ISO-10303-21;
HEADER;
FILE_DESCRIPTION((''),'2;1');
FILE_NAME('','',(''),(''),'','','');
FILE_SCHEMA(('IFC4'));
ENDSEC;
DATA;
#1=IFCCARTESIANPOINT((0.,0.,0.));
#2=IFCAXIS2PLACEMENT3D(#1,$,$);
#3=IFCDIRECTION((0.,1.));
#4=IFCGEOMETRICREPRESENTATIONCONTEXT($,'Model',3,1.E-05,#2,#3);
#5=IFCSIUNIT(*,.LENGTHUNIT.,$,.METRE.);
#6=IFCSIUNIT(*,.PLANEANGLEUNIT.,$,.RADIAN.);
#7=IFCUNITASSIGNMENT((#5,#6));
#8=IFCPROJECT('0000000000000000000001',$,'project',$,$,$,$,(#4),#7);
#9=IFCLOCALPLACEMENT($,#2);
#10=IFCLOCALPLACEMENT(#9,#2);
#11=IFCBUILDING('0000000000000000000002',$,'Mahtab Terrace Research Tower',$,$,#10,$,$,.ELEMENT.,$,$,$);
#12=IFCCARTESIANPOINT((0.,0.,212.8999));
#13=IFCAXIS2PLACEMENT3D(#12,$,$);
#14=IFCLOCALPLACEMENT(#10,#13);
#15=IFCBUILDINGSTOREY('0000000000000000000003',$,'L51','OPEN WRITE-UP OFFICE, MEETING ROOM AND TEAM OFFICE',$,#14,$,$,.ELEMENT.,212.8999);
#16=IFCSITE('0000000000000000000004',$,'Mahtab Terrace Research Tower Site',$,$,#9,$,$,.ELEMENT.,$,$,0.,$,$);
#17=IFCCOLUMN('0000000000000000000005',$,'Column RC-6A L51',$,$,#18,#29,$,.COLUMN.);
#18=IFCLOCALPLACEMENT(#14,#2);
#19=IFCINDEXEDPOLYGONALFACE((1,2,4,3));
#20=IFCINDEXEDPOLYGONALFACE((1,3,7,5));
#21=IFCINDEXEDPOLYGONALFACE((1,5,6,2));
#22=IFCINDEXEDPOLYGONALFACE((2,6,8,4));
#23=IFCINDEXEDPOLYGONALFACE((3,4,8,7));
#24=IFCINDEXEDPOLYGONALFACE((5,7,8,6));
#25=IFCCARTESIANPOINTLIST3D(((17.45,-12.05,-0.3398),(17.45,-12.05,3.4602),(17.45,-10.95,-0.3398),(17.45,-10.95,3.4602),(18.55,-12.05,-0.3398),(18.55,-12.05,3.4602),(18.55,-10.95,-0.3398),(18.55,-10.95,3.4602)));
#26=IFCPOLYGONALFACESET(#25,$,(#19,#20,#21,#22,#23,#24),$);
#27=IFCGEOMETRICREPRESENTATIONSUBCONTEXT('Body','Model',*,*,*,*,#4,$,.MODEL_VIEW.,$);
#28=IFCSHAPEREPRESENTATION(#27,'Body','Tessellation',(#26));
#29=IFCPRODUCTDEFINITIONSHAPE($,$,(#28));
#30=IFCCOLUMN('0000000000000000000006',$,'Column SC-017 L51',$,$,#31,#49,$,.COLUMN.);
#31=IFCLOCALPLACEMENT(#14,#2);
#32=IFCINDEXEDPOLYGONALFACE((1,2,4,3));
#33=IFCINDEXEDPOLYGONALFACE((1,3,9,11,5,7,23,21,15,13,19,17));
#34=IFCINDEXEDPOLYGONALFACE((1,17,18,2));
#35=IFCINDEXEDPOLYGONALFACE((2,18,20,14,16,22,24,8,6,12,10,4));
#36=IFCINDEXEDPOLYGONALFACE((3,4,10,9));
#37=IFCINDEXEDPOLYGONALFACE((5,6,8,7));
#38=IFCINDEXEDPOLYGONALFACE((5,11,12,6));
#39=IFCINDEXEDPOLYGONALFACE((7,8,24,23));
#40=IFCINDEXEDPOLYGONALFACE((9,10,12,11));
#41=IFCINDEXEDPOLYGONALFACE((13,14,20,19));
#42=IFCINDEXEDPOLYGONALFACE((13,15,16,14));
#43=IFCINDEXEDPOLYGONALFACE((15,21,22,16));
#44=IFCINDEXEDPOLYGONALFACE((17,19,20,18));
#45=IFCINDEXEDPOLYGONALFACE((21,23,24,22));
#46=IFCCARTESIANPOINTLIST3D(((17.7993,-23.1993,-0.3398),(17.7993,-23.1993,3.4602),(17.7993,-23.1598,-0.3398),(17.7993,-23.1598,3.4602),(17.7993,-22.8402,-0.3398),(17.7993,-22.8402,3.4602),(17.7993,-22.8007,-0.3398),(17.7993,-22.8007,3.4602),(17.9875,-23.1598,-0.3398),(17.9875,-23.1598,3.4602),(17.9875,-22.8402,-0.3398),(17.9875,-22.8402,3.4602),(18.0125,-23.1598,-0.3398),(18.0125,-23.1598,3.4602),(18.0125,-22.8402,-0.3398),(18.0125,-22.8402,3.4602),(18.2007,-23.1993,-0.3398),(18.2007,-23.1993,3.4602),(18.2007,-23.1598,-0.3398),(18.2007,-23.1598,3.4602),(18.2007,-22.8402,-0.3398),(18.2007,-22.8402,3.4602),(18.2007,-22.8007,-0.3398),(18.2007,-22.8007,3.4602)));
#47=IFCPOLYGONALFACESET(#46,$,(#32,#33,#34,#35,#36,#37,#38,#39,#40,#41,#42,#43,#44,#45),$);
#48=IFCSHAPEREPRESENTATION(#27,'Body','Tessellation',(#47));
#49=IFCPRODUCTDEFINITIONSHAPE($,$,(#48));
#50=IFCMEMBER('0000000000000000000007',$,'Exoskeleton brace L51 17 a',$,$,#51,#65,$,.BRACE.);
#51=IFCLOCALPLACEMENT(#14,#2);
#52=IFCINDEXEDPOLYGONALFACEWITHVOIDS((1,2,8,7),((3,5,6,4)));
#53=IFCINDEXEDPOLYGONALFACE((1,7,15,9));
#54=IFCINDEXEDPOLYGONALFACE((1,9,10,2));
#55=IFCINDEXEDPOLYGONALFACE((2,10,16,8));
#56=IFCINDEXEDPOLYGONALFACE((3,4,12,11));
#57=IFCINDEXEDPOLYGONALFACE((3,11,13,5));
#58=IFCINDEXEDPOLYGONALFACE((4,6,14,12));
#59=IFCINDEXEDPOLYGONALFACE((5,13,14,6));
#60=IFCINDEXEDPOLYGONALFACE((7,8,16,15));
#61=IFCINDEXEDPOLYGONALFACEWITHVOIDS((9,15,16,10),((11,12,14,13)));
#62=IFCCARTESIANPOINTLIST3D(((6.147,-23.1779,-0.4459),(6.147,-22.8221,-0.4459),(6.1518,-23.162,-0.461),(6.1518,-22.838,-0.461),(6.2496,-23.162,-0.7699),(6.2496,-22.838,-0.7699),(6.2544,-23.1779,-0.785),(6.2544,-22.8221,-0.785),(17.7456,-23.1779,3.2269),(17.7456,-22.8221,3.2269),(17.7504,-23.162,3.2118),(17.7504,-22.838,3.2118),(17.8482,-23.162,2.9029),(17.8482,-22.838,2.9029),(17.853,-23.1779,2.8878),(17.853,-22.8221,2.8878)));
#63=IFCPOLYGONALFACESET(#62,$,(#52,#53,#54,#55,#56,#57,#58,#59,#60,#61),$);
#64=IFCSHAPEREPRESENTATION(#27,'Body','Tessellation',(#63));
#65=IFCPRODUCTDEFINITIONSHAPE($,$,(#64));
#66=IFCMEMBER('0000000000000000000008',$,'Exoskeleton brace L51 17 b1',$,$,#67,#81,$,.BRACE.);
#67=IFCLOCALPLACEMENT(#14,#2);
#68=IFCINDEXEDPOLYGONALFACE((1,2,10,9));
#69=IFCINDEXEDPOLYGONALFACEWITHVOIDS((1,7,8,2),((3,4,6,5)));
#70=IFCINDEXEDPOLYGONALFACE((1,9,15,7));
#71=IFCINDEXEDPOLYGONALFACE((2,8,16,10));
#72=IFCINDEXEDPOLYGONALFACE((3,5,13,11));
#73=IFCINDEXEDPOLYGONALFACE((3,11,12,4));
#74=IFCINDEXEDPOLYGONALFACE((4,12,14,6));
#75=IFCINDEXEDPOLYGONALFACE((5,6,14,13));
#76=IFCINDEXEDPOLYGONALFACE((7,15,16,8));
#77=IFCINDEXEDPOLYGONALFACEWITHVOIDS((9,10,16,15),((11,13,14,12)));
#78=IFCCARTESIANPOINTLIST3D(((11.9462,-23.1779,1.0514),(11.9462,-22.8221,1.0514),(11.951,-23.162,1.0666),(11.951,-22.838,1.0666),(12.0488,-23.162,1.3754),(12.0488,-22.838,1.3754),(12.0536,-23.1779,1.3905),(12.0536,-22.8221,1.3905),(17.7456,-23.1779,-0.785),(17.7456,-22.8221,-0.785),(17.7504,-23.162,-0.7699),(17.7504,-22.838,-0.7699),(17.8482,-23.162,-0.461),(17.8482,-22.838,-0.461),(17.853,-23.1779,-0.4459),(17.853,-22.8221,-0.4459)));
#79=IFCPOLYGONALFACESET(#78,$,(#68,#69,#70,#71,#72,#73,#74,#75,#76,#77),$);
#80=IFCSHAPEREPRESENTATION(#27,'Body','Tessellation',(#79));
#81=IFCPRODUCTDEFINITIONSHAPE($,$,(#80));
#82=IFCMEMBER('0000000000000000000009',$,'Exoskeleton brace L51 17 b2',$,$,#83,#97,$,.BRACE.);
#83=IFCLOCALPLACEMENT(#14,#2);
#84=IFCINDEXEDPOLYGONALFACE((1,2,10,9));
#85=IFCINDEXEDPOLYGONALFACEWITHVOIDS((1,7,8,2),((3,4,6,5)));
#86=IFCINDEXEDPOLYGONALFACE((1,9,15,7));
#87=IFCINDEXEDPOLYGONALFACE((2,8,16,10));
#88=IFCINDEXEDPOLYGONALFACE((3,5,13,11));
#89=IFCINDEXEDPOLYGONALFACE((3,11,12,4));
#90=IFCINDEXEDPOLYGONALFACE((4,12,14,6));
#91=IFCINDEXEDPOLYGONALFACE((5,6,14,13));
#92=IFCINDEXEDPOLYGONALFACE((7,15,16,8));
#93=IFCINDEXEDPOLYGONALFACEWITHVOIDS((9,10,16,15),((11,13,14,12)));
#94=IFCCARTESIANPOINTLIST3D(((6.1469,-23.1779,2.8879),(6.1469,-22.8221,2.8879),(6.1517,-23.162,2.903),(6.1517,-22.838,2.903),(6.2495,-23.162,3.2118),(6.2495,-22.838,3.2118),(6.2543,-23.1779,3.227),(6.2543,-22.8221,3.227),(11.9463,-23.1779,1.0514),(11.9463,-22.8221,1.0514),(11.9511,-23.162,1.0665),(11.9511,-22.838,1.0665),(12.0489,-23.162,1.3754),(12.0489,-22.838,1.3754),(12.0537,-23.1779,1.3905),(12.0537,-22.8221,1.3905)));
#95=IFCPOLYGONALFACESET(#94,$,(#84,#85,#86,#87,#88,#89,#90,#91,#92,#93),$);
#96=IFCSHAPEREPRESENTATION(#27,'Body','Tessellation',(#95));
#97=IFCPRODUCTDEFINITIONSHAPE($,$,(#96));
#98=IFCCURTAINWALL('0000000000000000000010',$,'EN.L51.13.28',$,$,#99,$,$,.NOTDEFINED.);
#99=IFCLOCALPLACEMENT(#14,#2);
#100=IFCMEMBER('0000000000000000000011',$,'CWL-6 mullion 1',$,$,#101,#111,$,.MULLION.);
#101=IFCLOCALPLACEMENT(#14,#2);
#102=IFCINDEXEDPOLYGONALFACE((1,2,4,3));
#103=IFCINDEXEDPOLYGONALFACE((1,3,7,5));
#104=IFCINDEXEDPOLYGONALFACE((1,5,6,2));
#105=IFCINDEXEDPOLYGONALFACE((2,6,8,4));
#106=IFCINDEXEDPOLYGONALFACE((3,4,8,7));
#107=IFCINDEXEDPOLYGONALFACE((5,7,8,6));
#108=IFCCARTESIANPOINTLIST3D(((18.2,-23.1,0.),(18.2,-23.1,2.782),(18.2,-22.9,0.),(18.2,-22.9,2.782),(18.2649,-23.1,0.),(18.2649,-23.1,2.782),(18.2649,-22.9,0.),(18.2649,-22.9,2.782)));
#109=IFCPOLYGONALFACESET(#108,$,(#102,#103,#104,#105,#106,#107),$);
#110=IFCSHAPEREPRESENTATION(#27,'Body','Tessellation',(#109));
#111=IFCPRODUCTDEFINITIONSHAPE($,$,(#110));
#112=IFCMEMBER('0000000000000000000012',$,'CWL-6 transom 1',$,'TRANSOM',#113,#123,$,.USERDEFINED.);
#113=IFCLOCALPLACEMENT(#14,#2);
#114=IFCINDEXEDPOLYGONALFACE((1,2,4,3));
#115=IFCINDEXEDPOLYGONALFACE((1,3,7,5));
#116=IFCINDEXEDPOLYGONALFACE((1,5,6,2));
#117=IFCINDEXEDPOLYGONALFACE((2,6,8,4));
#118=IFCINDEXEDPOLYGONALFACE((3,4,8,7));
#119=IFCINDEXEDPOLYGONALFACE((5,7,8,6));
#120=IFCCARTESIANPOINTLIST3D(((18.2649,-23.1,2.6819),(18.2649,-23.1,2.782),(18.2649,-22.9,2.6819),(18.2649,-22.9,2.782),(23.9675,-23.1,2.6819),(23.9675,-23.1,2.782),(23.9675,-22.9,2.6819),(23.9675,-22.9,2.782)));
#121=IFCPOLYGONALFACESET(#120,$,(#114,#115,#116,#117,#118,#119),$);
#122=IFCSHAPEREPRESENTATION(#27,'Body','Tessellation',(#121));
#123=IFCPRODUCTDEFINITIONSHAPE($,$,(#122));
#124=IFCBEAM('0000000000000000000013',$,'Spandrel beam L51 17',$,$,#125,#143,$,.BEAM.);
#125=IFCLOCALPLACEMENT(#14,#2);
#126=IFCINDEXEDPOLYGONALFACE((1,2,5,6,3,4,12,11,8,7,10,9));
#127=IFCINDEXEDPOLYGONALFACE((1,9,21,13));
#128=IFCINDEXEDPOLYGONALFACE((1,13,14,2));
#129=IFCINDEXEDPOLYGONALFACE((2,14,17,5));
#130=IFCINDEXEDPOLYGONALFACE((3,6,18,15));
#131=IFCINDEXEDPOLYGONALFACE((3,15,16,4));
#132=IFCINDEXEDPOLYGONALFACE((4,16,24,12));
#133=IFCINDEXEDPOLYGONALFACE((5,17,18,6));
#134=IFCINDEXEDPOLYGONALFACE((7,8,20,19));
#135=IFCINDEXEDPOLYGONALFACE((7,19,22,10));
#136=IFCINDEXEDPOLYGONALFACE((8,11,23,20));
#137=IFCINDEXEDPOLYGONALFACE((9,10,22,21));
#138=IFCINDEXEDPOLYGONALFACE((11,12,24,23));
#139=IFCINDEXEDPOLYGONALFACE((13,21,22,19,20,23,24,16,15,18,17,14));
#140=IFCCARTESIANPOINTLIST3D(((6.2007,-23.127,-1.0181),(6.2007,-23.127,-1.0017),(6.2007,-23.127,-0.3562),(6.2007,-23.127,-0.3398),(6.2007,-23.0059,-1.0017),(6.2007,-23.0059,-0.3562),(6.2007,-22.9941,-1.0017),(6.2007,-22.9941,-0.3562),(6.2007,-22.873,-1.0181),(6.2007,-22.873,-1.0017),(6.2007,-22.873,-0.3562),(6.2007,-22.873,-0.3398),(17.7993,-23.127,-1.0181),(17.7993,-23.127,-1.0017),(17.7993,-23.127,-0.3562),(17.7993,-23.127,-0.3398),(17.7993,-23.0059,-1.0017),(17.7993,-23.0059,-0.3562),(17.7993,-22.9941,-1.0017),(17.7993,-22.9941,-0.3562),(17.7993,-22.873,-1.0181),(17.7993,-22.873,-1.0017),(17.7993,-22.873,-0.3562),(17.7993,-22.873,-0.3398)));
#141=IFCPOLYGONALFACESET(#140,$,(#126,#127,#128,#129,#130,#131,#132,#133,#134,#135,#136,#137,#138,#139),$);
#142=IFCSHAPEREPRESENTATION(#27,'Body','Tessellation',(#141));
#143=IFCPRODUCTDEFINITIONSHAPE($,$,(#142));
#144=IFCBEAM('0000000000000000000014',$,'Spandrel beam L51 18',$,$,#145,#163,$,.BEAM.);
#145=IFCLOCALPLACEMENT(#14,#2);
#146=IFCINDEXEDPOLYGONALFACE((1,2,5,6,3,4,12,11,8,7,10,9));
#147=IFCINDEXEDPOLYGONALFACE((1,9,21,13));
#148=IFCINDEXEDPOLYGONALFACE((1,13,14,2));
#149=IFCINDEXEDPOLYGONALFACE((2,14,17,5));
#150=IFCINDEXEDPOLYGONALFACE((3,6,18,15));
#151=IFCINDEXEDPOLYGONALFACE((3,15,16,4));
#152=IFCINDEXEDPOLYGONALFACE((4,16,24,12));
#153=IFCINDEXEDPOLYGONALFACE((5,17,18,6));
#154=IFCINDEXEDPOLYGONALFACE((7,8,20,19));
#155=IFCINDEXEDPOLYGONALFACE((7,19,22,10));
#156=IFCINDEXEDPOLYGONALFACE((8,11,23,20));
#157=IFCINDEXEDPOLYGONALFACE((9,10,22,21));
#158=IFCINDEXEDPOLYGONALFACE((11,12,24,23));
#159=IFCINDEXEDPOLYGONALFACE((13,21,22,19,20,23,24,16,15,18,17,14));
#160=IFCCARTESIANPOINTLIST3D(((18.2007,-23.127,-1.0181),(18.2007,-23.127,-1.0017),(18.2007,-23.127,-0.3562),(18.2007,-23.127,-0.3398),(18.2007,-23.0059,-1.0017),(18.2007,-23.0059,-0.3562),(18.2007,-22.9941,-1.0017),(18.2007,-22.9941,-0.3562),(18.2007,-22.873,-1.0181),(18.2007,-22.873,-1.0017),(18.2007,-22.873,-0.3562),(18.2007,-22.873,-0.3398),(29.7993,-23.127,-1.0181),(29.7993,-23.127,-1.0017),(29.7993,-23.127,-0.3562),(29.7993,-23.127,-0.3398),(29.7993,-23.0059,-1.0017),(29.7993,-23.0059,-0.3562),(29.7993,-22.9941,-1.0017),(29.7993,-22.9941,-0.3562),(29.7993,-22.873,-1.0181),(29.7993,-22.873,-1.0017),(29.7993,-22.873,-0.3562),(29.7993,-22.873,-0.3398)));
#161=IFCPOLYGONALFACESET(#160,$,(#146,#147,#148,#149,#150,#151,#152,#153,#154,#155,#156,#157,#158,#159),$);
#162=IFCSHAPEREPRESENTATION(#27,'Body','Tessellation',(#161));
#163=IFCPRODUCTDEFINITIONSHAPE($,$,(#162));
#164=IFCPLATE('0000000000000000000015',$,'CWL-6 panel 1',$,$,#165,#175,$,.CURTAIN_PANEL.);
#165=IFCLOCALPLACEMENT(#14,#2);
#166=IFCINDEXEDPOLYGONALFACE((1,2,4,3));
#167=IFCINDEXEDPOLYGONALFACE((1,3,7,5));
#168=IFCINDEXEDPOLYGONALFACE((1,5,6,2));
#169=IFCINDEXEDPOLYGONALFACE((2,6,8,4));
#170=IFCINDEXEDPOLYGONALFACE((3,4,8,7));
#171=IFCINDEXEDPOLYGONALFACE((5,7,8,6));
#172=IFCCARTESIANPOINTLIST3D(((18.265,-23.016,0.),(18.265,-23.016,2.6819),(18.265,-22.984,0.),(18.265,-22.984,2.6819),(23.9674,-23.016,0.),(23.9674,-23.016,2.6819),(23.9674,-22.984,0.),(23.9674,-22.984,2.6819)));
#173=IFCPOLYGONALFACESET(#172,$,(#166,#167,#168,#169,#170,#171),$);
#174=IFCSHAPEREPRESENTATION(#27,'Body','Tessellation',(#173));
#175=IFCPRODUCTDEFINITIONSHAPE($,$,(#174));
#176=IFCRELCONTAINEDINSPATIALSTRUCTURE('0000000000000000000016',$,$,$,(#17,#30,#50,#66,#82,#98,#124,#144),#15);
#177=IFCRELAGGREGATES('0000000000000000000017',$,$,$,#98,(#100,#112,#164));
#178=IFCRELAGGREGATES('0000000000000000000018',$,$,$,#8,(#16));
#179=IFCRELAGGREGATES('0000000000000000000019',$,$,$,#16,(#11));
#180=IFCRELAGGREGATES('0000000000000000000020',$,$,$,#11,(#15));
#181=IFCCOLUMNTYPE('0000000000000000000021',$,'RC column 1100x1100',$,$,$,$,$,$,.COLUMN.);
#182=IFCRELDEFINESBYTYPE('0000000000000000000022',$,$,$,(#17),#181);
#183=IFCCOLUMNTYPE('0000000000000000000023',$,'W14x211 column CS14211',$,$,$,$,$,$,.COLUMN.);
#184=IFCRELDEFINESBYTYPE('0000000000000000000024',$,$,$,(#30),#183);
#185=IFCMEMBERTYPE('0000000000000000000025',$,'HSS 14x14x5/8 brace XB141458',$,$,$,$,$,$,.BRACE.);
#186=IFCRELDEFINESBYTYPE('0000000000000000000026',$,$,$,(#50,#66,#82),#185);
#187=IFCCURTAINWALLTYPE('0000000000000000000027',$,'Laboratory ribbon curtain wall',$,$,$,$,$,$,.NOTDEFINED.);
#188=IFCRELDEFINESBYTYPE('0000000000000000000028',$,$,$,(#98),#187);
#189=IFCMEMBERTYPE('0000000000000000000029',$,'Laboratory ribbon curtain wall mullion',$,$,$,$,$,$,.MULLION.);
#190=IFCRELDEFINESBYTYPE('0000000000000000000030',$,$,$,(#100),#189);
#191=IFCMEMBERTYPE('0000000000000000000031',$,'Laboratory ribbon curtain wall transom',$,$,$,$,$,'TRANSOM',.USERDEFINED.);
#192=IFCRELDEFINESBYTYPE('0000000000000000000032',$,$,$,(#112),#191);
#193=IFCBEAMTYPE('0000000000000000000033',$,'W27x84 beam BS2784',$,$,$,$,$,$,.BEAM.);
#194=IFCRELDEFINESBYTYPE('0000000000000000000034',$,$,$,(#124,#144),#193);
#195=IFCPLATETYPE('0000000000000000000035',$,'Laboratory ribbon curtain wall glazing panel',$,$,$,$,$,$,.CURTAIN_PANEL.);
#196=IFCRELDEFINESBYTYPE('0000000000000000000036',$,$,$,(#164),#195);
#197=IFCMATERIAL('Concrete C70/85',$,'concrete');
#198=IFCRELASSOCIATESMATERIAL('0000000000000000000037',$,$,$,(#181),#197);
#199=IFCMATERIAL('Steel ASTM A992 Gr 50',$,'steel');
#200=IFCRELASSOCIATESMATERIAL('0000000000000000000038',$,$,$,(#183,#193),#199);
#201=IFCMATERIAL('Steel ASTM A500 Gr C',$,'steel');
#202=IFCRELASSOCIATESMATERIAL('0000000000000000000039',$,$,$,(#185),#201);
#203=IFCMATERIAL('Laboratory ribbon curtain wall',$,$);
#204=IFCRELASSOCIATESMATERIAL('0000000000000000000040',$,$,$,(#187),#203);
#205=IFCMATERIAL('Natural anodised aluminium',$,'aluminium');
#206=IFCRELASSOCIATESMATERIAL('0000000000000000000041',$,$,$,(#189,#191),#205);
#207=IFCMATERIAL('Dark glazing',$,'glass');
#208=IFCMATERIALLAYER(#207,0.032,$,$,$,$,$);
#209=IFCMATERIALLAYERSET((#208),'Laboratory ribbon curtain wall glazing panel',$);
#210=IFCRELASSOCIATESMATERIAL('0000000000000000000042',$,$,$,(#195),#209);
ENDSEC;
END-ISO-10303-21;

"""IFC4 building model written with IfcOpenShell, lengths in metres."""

from ifc_helpers import new_model, si_unit, direction, frame, origin, origin_2d, place, context, subcontext, project, spatial, rectangle, hollow_rectangle, i_section, extrude, material, layer, layer_set, material_profile, profile_set, type_object, element, aggregate, save


model = new_model("IFC4")

# Units and contexts
model_context = context("Model", 3, precision=1e-05, world=origin(), true_north=direction((0.0, 1.0)))
body_context = subcontext(model_context, "Body", "Model", "MODEL_VIEW")
ifc_project = project(units=[si_unit("LENGTHUNIT", "METRE"), si_unit("PLANEANGLEUNIT", "RADIAN")], contexts=[model_context])

# Site, building, storey
site_placement = place(None, origin())
site = spatial("IfcSite", under=ifc_project, at=site_placement, Name="Mahtab Terrace Research Tower Site", CompositionType="ELEMENT", RefElevation=0.0)
building_placement = place(site_placement, origin())
building = spatial("IfcBuilding", under=site, at=building_placement, Name="Mahtab Terrace Research Tower", CompositionType="ELEMENT")
storey_placement = place(building_placement, frame((0.0, 0.0, 212.8999)))
storey = spatial("IfcBuildingStorey", under=building, at=storey_placement, Name="L51", Description="OPEN WRITE-UP OFFICE, MEETING ROOM AND TEAM OFFICE", CompositionType="ELEMENT", Elevation=212.8999)

# Columns
ifc_material_1 = material(Name="Concrete C70/85", Category="concrete")
ifc_material_profile_1 = material_profile(ifc_material_1, rectangle(XDim=1.1001, YDim=1.1001, at=origin_2d()), Name="RC column 1100x1100")
ifc_profile_set_1 = profile_set([ifc_material_profile_1], Name="Concrete C70/85")
column_type_1 = type_object("IfcColumnType", Name="RC column 1100x1100", PredefinedType="COLUMN", material=ifc_profile_set_1)
column_1_placement = place(storey_placement, frame((18.0, -11.5, -0.3398), z_axis=(0.0, 0.0, 1.0), x_axis=(1.0, 0.0, 0.0)))
element("IfcColumn", 1, at=column_1_placement, inside=storey, type_object=column_type_1, Name="Column RC-6A L51", PredefinedType="COLUMN", context=body_context, shape_type="SweptSolid", body=[
    extrude(rectangle(XDim=1.1001, YDim=1.1001, at=origin_2d()), origin(), (0.0, 0.0, 1.0), 3.8),
])
ifc_material_2 = material(Name="Steel ASTM A992 Gr 50", Category="steel")
ifc_material_profile_2 = material_profile(ifc_material_2, i_section(OverallWidth=0.4014, OverallDepth=0.3987, WebThickness=0.0249, FlangeThickness=0.0396, at=origin_2d()), Name="W14X211")
ifc_profile_set_2 = profile_set([ifc_material_profile_2], Name="Steel ASTM A992 Gr 50")
column_type_2 = type_object("IfcColumnType", Name="W14x211 column CS14211", PredefinedType="COLUMN", material=ifc_profile_set_2)
column_2_placement = place(storey_placement, frame((18.0, -23.0, -0.3398), z_axis=(0.0, 0.0, 1.0), x_axis=(1.0, 0.0, 0.0)))
element("IfcColumn", 2, at=column_2_placement, inside=storey, type_object=column_type_2, Name="Column SC-017 L51", PredefinedType="COLUMN", context=body_context, shape_type="SweptSolid", body=[
    extrude(i_section(OverallWidth=0.4014, OverallDepth=0.3987, WebThickness=0.0249, FlangeThickness=0.0396, at=origin_2d()), origin(), (0.0, 0.0, 1.0), 3.8),
])

# Members
ifc_material_3 = material(Name="Steel ASTM A500 Gr C", Category="steel")
ifc_material_profile_3 = material_profile(ifc_material_3, hollow_rectangle(XDim=0.3557, YDim=0.3557, WallThickness=0.0159, at=origin_2d()), Name="HSS14X14X5/8")
ifc_profile_set_3 = profile_set([ifc_material_profile_3], Name="Steel ASTM A500 Gr C")
member_type_1 = type_object("IfcMemberType", Name="HSS 14x14x5/8 brace XB141458", PredefinedType="BRACE", material=ifc_profile_set_3)
member_1_placement = place(storey_placement, frame((6.2007, -23.0, -0.6155), z_axis=(0.953343, 0.0, 0.301888), x_axis=(0.0, 1.0, 0.0)))
element("IfcMember", 3, at=member_1_placement, inside=storey, type_object=member_type_1, Name="Exoskeleton brace L51 17 a", PredefinedType="BRACE", context=body_context, shape_type="SweptSolid", body=[
    extrude(hollow_rectangle(XDim=0.3557, YDim=0.3557, WallThickness=0.0159, at=origin_2d()), origin(), (0.0, 0.0, 1.0), 12.1663),
])
for number, where, z_axis, x_axis, name in (
    (4, (17.7993, -23.0, -0.6155), (-0.953343, 0.0, 0.301888), (0.0, -1.0, 0.0), "Exoskeleton brace L51 17 b1"),
    (5, (12.0, -23.0, 1.2209), (-0.953343, 0.0, 0.301888), (0.0, -1.0, 0.0), "Exoskeleton brace L51 17 b2"),
):
    element("IfcMember", number, at=place(storey_placement, frame(where, z_axis=z_axis, x_axis=x_axis)), inside=storey, type_object=member_type_1, Name=name, PredefinedType="BRACE", context=body_context, shape_type="SweptSolid", body=[
        extrude(hollow_rectangle(XDim=0.3557, YDim=0.3557, WallThickness=0.0159, at=origin_2d()), origin(), (0.0, 0.0, 1.0), 6.0833),
    ])

# Curtain wall, members
ifc_material_4 = material(Name="Laboratory ribbon curtain wall")
curtain_wall_type = type_object("IfcCurtainWallType", Name="Laboratory ribbon curtain wall", PredefinedType="NOTDEFINED", material=ifc_material_4)
curtain_wall_placement = place(storey_placement, origin())
curtain_wall = element("IfcCurtainWall", 6, at=curtain_wall_placement, inside=storey, type_object=curtain_wall_type, Name="EN.L51.13.28", PredefinedType="NOTDEFINED")
ifc_material_5 = material(Name="Natural anodised aluminium", Category="aluminium")
ifc_material_profile_4 = material_profile(ifc_material_5, rectangle(XDim=0.2, YDim=0.0649, at=origin_2d()), Name="MULLION 65x200")
ifc_profile_set_4 = profile_set([ifc_material_profile_4], Name="Natural anodised aluminium")
member_type_2 = type_object("IfcMemberType", Name="Laboratory ribbon curtain wall mullion", PredefinedType="MULLION", material=ifc_profile_set_4)
member_2_placement = place(storey_placement, frame((18.2324, -23.0, 0.0), z_axis=(0.0, 0.0, 1.0), x_axis=(0.0, 1.0, 0.0)))
member_2 = element("IfcMember", 7, at=member_2_placement, type_object=member_type_2, Name="CWL-6 mullion 1", PredefinedType="MULLION", context=body_context, shape_type="SweptSolid", body=[
    extrude(rectangle(XDim=0.2, YDim=0.0649, at=origin_2d()), origin(), (0.0, 0.0, 1.0), 2.782),
])
ifc_material_profile_5 = material_profile(ifc_material_5, rectangle(XDim=0.2, YDim=0.1001, at=origin_2d()), Name="TRANSOM 100x200")
ifc_profile_set_5 = profile_set([ifc_material_profile_5], Name="Natural anodised aluminium")
member_type_3 = type_object("IfcMemberType", Name="Laboratory ribbon curtain wall transom", ElementType="TRANSOM", PredefinedType="USERDEFINED", material=ifc_profile_set_5)
member_3_placement = place(storey_placement, frame((18.2649, -23.0, 2.7319), z_axis=(1.0, 0.0, 0.0), x_axis=(0.0, 1.0, 0.0)))
member_3 = element("IfcMember", 8, at=member_3_placement, type_object=member_type_3, Name="CWL-6 transom 1", ObjectType="TRANSOM", PredefinedType="USERDEFINED", context=body_context, shape_type="SweptSolid", body=[
    extrude(rectangle(XDim=0.2, YDim=0.1001, at=origin_2d()), origin(), (0.0, 0.0, 1.0), 5.7026),
])

# Beams
ifc_material_profile_6 = material_profile(ifc_material_2, i_section(OverallWidth=0.2539, OverallDepth=0.6782, WebThickness=0.0117, FlangeThickness=0.0164, at=origin_2d()), Name="W27X84")
ifc_profile_set_6 = profile_set([ifc_material_profile_6], Name="Steel ASTM A992 Gr 50")
beam_type = type_object("IfcBeamType", Name="W27x84 beam BS2784", PredefinedType="BEAM", material=ifc_profile_set_6)
for number, where, z_axis, x_axis, name in (
    (9, (6.2007, -23.0, -0.679), (1.0, 0.0, 0.0), (0.0, 1.0, 0.0), "Spandrel beam L51 17"),
    (10, (18.2007, -23.0, -0.679), (1.0, 0.0, 0.0), (0.0, 1.0, 0.0), "Spandrel beam L51 18"),
):
    element("IfcBeam", number, at=place(storey_placement, frame(where, z_axis=z_axis, x_axis=x_axis)), inside=storey, type_object=beam_type, Name=name, PredefinedType="BEAM", context=body_context, shape_type="SweptSolid", body=[
        extrude(i_section(OverallWidth=0.2539, OverallDepth=0.6782, WebThickness=0.0117, FlangeThickness=0.0164, at=origin_2d()), origin(), (0.0, 0.0, 1.0), 11.5986),
    ])

# Plate
ifc_material_6 = material(Name="Dark glazing", Category="glass")
ifc_layer_1 = layer(ifc_material_6, 0.032)
ifc_layer_set_1 = layer_set([ifc_layer_1], Name="Laboratory ribbon curtain wall glazing panel")
plate_type = type_object("IfcPlateType", Name="Laboratory ribbon curtain wall glazing panel", PredefinedType="CURTAIN_PANEL", material=ifc_layer_set_1)
plate_placement = place(storey_placement, frame((21.1162, -23.0, 0.0), z_axis=(0.0, 0.0, 1.0), x_axis=(1.0, 0.0, 0.0)))
plate = element("IfcPlate", 11, at=plate_placement, type_object=plate_type, Name="CWL-6 panel 1", PredefinedType="CURTAIN_PANEL", context=body_context, shape_type="SweptSolid", body=[
    extrude(rectangle(XDim=5.7024, YDim=0.032, at=origin_2d()), origin(), (0.0, 0.0, 1.0), 2.6819),
])
aggregate(curtain_wall, [member_2, member_3, plate])

save(model, "model.ifc")
